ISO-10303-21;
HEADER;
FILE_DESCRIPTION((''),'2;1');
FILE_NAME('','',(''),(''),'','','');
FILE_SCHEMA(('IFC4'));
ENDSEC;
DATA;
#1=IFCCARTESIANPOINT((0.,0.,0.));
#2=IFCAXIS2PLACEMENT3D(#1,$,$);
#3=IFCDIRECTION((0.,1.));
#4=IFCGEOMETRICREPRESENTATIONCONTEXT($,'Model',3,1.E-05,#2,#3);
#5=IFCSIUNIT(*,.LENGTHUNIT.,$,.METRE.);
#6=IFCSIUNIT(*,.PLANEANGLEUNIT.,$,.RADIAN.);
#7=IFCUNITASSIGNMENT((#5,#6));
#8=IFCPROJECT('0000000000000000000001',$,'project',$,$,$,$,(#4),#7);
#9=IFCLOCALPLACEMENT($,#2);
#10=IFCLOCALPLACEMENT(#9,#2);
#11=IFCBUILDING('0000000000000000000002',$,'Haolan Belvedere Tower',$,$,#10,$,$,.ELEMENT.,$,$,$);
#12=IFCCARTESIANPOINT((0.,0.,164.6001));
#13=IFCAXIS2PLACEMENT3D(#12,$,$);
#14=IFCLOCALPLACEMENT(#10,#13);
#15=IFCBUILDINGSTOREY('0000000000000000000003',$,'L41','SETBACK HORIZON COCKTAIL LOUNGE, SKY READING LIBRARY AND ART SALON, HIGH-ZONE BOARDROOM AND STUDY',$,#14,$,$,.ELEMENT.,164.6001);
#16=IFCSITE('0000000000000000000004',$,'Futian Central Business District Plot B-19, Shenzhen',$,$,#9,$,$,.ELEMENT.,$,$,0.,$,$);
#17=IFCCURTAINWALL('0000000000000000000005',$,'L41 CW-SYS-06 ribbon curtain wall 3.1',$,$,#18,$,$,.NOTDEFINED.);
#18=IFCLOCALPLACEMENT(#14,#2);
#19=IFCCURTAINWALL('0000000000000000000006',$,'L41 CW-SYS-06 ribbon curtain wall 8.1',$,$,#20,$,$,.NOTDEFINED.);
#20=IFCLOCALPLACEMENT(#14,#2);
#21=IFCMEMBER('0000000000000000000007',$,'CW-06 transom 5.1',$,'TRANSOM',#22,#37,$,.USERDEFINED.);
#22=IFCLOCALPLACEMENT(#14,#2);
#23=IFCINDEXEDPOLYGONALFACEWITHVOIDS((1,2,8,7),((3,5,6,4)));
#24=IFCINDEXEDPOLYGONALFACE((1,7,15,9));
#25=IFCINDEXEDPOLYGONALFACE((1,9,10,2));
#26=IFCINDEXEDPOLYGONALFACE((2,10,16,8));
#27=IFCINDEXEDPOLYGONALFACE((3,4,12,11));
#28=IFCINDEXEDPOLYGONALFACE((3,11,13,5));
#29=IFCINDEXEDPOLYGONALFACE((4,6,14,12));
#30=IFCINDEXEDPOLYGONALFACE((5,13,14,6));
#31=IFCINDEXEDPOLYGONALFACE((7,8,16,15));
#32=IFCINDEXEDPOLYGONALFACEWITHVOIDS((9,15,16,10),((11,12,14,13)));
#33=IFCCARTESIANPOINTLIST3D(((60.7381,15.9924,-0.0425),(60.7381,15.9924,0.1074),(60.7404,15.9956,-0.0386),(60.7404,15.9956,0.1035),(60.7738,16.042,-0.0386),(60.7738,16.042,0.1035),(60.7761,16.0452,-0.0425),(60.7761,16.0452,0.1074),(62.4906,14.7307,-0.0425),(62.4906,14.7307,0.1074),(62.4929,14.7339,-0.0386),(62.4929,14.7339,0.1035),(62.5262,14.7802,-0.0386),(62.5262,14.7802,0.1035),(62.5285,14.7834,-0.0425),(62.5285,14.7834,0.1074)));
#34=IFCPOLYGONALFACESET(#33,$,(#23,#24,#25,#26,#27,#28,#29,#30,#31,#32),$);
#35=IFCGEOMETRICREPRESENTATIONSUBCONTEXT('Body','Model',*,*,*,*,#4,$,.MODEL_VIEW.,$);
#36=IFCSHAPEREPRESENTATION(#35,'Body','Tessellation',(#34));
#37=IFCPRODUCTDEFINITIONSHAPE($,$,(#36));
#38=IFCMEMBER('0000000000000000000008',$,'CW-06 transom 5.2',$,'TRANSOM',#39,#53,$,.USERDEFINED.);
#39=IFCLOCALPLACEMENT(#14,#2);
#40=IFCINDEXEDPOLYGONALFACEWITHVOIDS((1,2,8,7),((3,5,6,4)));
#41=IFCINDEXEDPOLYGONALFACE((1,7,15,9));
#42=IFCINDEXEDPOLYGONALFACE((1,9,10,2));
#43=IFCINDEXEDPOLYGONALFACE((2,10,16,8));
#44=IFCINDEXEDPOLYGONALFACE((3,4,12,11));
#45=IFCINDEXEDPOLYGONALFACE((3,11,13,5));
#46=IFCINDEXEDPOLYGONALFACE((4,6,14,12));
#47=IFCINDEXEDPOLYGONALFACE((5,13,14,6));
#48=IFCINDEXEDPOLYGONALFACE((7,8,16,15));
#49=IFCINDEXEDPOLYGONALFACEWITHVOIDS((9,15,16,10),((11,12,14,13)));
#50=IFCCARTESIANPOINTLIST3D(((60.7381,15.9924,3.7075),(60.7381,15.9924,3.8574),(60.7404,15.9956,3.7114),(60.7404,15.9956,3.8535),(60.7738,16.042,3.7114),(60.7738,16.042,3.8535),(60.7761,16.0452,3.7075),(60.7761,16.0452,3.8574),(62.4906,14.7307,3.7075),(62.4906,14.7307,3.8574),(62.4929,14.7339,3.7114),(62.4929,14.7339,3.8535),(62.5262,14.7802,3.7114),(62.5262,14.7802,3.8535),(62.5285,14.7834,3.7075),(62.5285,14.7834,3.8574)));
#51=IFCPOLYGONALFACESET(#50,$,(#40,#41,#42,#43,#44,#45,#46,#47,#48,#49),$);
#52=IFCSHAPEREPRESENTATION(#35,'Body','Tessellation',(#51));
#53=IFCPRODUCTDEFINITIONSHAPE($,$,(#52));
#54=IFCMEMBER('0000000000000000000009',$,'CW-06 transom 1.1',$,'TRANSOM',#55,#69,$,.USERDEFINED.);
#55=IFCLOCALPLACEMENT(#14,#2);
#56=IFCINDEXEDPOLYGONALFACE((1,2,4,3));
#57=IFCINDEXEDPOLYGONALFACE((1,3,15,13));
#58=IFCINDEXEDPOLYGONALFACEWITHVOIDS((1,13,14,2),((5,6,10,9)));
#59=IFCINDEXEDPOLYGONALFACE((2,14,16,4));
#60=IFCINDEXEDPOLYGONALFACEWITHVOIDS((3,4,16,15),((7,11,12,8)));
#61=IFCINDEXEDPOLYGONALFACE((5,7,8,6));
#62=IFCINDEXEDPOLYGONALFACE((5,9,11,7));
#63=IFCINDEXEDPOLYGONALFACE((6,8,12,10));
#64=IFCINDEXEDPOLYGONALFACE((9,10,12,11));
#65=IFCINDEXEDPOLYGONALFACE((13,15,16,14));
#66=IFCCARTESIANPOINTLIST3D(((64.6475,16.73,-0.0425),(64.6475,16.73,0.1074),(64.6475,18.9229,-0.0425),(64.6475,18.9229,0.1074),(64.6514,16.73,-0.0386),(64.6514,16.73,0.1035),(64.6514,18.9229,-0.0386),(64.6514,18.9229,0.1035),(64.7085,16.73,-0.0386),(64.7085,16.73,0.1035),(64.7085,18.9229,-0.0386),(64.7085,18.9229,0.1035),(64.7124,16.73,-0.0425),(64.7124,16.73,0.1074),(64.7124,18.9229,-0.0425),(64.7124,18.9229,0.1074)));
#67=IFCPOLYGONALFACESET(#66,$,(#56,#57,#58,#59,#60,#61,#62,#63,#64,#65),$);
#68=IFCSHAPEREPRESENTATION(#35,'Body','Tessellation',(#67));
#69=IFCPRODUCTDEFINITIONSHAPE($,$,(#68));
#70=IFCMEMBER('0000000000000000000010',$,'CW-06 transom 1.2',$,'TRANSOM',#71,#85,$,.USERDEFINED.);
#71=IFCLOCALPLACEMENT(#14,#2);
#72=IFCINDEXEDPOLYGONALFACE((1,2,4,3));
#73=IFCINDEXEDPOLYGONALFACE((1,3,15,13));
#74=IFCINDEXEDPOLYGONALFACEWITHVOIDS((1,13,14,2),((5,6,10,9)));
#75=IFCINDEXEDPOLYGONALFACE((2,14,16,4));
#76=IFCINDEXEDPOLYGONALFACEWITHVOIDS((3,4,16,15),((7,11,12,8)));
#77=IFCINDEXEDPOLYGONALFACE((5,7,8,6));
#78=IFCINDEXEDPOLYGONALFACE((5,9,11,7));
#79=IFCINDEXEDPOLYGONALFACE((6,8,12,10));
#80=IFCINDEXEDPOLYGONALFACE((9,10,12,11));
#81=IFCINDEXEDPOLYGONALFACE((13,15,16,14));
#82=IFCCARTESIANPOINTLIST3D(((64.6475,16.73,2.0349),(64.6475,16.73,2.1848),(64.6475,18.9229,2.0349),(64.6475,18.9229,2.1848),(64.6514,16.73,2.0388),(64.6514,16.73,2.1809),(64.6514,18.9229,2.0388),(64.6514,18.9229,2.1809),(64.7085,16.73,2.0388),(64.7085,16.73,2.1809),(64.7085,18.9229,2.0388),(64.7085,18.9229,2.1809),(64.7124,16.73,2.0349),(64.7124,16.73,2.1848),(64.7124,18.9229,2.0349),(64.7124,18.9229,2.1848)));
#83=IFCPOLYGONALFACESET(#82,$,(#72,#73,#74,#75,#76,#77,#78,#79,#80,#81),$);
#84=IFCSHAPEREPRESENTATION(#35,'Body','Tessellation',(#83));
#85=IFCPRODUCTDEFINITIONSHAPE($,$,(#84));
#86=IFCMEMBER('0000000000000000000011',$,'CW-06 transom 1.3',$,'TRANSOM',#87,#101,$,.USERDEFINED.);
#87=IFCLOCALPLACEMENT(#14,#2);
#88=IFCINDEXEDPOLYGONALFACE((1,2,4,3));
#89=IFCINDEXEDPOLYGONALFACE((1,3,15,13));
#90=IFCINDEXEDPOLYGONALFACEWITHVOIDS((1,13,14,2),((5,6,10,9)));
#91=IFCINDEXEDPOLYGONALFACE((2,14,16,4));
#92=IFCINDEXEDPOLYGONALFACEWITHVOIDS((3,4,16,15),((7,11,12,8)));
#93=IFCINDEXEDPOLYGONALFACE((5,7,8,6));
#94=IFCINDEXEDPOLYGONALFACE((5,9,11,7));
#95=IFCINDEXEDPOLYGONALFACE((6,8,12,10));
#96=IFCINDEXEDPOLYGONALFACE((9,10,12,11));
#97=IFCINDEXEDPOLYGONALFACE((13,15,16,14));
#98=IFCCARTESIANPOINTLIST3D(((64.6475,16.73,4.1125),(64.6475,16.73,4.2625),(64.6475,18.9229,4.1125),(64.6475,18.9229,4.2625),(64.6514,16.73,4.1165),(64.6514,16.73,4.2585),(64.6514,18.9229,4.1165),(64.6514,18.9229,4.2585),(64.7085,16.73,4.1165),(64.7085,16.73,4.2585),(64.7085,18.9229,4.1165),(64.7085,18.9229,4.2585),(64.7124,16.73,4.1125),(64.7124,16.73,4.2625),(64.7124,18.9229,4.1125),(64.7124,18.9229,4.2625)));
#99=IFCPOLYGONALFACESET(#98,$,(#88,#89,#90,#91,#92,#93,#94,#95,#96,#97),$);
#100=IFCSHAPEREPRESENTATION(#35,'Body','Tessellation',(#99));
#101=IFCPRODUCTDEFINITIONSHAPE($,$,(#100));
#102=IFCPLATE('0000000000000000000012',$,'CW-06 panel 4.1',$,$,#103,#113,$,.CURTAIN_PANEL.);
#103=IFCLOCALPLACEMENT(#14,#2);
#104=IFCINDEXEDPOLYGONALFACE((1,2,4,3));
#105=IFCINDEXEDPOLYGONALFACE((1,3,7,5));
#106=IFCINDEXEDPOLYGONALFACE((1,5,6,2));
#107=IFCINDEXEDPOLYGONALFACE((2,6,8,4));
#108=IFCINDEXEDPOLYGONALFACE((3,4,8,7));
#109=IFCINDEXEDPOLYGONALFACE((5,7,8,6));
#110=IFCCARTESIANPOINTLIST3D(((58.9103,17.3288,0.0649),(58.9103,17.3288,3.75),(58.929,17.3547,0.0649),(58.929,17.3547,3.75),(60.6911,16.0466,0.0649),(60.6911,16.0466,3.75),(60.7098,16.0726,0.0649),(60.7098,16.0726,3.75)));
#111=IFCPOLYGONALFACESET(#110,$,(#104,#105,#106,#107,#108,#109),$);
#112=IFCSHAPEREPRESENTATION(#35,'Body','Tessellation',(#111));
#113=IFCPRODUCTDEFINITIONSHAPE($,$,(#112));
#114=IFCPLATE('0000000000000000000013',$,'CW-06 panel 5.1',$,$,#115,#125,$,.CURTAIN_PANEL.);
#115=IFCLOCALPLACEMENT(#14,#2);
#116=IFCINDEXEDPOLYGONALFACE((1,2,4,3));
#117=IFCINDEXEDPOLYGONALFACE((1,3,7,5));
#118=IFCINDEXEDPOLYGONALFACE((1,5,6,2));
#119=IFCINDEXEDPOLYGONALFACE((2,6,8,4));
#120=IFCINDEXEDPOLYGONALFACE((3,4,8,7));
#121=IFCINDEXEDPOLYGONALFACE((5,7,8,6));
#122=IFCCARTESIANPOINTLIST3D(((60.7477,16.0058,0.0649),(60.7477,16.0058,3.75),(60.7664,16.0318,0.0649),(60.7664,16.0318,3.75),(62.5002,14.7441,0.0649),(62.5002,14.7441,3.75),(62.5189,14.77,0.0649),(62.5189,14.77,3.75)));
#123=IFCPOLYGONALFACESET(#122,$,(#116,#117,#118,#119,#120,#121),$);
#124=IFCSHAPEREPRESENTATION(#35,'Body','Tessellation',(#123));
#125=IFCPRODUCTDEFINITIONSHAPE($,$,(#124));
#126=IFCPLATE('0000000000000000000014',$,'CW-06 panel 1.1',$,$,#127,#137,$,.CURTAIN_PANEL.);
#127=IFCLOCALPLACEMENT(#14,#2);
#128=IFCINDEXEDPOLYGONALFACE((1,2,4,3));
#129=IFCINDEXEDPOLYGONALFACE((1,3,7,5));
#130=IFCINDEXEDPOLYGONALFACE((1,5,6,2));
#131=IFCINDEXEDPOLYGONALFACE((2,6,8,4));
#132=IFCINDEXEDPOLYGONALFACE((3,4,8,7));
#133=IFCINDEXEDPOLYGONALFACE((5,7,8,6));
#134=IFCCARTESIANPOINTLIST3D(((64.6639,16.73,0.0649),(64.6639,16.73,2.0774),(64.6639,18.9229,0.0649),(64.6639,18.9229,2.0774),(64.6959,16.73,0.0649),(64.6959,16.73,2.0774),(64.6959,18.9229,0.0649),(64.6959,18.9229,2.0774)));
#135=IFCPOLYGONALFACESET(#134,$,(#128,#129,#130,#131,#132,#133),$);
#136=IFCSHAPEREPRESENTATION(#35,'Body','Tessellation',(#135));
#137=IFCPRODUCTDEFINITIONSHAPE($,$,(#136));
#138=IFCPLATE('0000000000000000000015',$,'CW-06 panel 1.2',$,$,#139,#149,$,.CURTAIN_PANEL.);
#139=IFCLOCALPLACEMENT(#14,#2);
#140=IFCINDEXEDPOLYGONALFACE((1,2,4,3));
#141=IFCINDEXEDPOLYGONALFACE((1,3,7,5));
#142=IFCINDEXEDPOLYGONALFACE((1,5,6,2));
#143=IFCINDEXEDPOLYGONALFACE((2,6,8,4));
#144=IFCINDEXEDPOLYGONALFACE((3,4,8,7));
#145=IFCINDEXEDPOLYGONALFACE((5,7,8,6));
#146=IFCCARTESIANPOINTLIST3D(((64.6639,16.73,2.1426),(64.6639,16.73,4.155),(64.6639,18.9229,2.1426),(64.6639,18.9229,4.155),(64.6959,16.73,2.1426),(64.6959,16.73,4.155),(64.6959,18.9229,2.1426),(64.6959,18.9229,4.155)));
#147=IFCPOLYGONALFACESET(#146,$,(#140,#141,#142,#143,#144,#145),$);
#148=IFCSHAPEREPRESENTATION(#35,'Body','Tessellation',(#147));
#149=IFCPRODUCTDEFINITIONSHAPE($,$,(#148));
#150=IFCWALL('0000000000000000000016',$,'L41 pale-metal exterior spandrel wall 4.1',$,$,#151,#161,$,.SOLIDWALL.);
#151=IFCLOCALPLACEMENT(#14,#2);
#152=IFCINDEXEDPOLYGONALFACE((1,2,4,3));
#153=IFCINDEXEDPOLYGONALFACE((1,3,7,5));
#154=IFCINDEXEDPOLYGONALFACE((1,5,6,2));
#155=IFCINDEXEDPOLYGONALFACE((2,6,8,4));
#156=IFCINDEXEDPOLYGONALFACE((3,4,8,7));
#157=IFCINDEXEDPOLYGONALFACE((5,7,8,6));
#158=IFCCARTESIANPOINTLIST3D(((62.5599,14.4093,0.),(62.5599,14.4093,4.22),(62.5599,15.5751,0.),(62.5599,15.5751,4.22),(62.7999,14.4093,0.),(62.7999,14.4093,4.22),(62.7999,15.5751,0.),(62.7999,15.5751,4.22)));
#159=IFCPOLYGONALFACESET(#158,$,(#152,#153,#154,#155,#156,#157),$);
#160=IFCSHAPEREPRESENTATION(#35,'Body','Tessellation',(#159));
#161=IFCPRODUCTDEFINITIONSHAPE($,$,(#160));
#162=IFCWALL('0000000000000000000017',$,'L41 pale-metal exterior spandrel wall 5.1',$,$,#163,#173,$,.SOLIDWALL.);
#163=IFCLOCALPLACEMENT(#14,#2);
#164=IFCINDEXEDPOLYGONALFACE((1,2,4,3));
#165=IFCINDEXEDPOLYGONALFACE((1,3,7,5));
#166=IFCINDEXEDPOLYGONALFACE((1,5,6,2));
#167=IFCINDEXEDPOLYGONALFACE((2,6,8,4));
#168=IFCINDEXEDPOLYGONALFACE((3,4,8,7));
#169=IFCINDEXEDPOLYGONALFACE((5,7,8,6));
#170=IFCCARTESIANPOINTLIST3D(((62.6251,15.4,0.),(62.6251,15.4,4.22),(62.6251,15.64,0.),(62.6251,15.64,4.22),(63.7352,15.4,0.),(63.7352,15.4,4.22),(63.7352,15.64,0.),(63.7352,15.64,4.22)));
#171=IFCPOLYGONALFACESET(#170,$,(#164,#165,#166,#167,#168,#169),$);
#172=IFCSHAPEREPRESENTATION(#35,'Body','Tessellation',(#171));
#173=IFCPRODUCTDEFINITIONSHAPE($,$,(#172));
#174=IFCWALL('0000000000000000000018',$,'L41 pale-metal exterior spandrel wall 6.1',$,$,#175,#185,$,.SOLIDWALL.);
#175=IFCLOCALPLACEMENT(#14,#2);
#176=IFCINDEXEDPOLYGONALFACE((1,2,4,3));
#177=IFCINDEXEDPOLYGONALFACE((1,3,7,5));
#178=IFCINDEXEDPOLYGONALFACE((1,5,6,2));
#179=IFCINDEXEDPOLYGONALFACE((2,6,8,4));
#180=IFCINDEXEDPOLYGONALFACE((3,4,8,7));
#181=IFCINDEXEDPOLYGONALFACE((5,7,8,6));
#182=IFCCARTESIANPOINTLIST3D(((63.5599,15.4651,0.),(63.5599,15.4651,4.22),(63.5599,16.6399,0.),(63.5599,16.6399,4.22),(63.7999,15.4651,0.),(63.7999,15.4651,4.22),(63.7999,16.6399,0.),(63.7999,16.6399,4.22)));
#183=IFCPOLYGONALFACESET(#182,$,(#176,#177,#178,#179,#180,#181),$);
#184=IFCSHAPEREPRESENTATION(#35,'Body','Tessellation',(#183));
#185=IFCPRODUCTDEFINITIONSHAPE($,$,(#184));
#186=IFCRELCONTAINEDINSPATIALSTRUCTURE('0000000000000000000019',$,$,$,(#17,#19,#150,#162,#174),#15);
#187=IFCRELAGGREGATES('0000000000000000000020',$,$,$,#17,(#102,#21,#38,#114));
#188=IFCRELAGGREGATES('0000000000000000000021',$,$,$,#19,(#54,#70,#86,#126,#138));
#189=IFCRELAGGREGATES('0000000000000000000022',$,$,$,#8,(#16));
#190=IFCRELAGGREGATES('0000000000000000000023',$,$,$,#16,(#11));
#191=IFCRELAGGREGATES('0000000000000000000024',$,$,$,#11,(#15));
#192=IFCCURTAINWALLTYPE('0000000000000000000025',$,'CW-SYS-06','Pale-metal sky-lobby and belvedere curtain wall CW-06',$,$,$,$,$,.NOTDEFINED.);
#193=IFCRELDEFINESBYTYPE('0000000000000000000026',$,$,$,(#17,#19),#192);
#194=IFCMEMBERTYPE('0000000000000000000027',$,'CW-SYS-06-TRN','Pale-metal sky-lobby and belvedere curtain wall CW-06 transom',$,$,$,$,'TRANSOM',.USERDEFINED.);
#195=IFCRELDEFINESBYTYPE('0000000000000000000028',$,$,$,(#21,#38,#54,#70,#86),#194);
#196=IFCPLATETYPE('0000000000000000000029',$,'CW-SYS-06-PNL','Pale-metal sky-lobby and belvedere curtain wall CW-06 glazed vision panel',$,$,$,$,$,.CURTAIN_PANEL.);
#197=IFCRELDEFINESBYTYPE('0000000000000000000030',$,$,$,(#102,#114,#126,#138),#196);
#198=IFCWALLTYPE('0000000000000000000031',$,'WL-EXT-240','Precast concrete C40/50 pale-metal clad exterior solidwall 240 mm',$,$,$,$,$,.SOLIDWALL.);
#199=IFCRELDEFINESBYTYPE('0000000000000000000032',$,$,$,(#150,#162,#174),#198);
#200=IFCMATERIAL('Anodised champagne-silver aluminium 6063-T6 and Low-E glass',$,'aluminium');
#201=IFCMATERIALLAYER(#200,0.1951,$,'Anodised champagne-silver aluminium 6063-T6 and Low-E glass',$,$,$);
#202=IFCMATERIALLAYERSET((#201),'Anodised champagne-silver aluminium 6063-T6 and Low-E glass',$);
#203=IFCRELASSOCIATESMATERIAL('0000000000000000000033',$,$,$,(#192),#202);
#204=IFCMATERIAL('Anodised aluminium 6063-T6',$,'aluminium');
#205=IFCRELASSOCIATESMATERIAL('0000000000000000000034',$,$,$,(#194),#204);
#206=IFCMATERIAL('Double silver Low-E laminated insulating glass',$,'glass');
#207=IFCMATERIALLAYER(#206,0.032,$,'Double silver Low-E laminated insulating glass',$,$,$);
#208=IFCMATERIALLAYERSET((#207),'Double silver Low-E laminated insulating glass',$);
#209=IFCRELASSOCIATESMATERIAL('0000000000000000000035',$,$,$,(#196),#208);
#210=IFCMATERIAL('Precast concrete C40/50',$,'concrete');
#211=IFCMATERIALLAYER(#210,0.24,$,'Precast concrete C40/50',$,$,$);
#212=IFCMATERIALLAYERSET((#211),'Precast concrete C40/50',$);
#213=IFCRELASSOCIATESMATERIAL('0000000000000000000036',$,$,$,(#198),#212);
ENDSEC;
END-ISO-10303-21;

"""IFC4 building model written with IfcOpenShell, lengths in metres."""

from ifc_helpers import new_model, si_unit, direction, frame, frame_2d, origin, origin_2d, place, context, subcontext, project, spatial, rectangle, hollow_rectangle, extrude, material, layer, layer_set, material_profile, profile_set, type_object, element, aggregate, save


model = new_model("IFC4")

# Units and contexts
model_context = context("Model", 3, precision=1e-05, world=origin(), true_north=direction((0.0, 1.0)))
body_context = subcontext(model_context, "Body", "Model", "MODEL_VIEW")
ifc_project = project(units=[si_unit("LENGTHUNIT", "METRE"), si_unit("PLANEANGLEUNIT", "RADIAN")], contexts=[model_context])

# Site, building, storey
site_placement = place(None, origin())
site = spatial("IfcSite", under=ifc_project, at=site_placement, Name="Futian Central Business District Plot B-19, Shenzhen", CompositionType="ELEMENT", RefElevation=0.0)
building_placement = place(site_placement, origin())
building = spatial("IfcBuilding", under=site, at=building_placement, Name="Haolan Belvedere Tower", CompositionType="ELEMENT")
storey_placement = place(building_placement, frame((0.0, 0.0, 164.6001)))
storey = spatial("IfcBuildingStorey", under=building, at=storey_placement, Name="L41", Description="SETBACK HORIZON COCKTAIL LOUNGE, SKY READING LIBRARY AND ART SALON, HIGH-ZONE BOARDROOM AND STUDY", CompositionType="ELEMENT", Elevation=164.6001)

# Curtain walls
ifc_material_1 = material(Name="Anodised champagne-silver aluminium 6063-T6 and Low-E glass", Category="aluminium")
ifc_layer_1 = layer(ifc_material_1, 0.1951, Name="Anodised champagne-silver aluminium 6063-T6 and Low-E glass")
ifc_layer_set_1 = layer_set([ifc_layer_1], Name="Anodised champagne-silver aluminium 6063-T6 and Low-E glass")
curtain_wall_type = type_object("IfcCurtainWallType", Name="CW-SYS-06", Description="Pale-metal sky-lobby and belvedere curtain wall CW-06", PredefinedType="NOTDEFINED", material=ifc_layer_set_1)
curtain_wall_1_placement = place(storey_placement, origin())
curtain_wall_1 = element("IfcCurtainWall", 1, at=curtain_wall_1_placement, inside=storey, type_object=curtain_wall_type, Name="L41 CW-SYS-06 ribbon curtain wall 3.1", PredefinedType="NOTDEFINED")
ifc_material_2 = material(Name="Anodised aluminium 6063-T6", Category="aluminium")
curtain_wall_2_placement = place(storey_placement, origin())
curtain_wall_2 = element("IfcCurtainWall", 2, at=curtain_wall_2_placement, inside=storey, type_object=curtain_wall_type, Name="L41 CW-SYS-06 ribbon curtain wall 8.1", PredefinedType="NOTDEFINED")

# Members
ifc_material_profile_1 = material_profile(ifc_material_2, hollow_rectangle(XDim=0.0649, YDim=0.1499, WallThickness=0.0039, at=origin_2d()), Name="Anodised aluminium 6063-T6")
ifc_profile_set_1 = profile_set([ifc_material_profile_1], Name="Anodised aluminium 6063-T6")
member_type_1 = type_object("IfcMemberType", Name="CW-SYS-06-TRN", Description="Pale-metal sky-lobby and belvedere curtain wall CW-06 transom", ElementType="TRANSOM", PredefinedType="USERDEFINED", material=ifc_profile_set_1)
member_1_placement = place(storey_placement, frame((60.7571, 16.0188, 0.0325), z_axis=(0.811543, -0.584293, 0.0), x_axis=(0.584293, 0.811543, 0.0)))
member_1 = element("IfcMember", 3, at=member_1_placement, type_object=member_type_1, Name="CW-06 transom 5.1", ObjectType="TRANSOM", PredefinedType="USERDEFINED", context=body_context, shape_type="SweptSolid", body=[
    extrude(hollow_rectangle(XDim=0.0649, YDim=0.1499, WallThickness=0.0039, at=origin_2d()), origin(), (0.0, 0.0, 1.0), 2.1594),
])
member_2_placement = place(storey_placement, frame((60.7571, 16.0188, 3.7825), z_axis=(0.811543, -0.584293, 0.0), x_axis=(0.584293, 0.811543, 0.0)))
member_2 = element("IfcMember", 4, at=member_2_placement, type_object=member_type_1, Name="CW-06 transom 5.2", ObjectType="TRANSOM", PredefinedType="USERDEFINED", context=body_context, shape_type="SweptSolid", body=[
    extrude(hollow_rectangle(XDim=0.0649, YDim=0.1499, WallThickness=0.0039, at=origin_2d()), origin(), (0.0, 0.0, 1.0), 2.1594),
])
member_3_placement = place(storey_placement, frame((64.6799, 16.73, 0.0325), z_axis=(0.0, 1.0, 0.0), x_axis=(-1.0, 0.0, 0.0)))
member_3 = element("IfcMember", 5, at=member_3_placement, type_object=member_type_1, Name="CW-06 transom 1.1", ObjectType="TRANSOM", PredefinedType="USERDEFINED", context=body_context, shape_type="SweptSolid", body=[
    extrude(hollow_rectangle(XDim=0.0649, YDim=0.1499, WallThickness=0.0039, at=origin_2d()), origin(), (0.0, 0.0, 1.0), 2.1929),
])
member_4_placement = place(storey_placement, frame((64.6799, 16.73, 2.1099), z_axis=(0.0, 1.0, 0.0), x_axis=(-1.0, 0.0, 0.0)))
member_4 = element("IfcMember", 6, at=member_4_placement, type_object=member_type_1, Name="CW-06 transom 1.2", ObjectType="TRANSOM", PredefinedType="USERDEFINED", context=body_context, shape_type="SweptSolid", body=[
    extrude(hollow_rectangle(XDim=0.0649, YDim=0.1499, WallThickness=0.0039, at=origin_2d()), origin(), (0.0, 0.0, 1.0), 2.1929),
])
member_5_placement = place(storey_placement, frame((64.6799, 16.73, 4.1875), z_axis=(0.0, 1.0, 0.0), x_axis=(-1.0, 0.0, 0.0)))
member_5 = element("IfcMember", 7, at=member_5_placement, type_object=member_type_1, Name="CW-06 transom 1.3", ObjectType="TRANSOM", PredefinedType="USERDEFINED", context=body_context, shape_type="SweptSolid", body=[
    extrude(hollow_rectangle(XDim=0.0649, YDim=0.1499, WallThickness=0.0039, at=origin_2d()), origin(), (0.0, 0.0, 1.0), 2.1929),
])

# Plates
ifc_material_3 = material(Name="Double silver Low-E laminated insulating glass", Category="glass")
ifc_layer_2 = layer(ifc_material_3, 0.032, Name="Double silver Low-E laminated insulating glass")
ifc_layer_set_2 = layer_set([ifc_layer_2], Name="Double silver Low-E laminated insulating glass")
plate_type = type_object("IfcPlateType", Name="CW-SYS-06-PNL", Description="Pale-metal sky-lobby and belvedere curtain wall CW-06 glazed vision panel", PredefinedType="CURTAIN_PANEL", material=ifc_layer_set_2)
plate_1_placement = place(storey_placement, frame((59.8101, 16.7007, 0.0649), z_axis=(0.0, 0.0, 1.0), x_axis=(0.81154, -0.584297, 0.0)))
plate_1 = element("IfcPlate", 8, at=plate_1_placement, type_object=plate_type, Name="CW-06 panel 4.1", PredefinedType="CURTAIN_PANEL", context=body_context, shape_type="SweptSolid", body=[
    extrude(rectangle(XDim=2.1943, YDim=0.032, at=origin_2d()), origin(), (0.0, 0.0, 1.0), 3.6851),
])
plate_2_placement = place(storey_placement, frame((61.6333, 15.3879, 0.0649), z_axis=(0.0, 0.0, 1.0), x_axis=(0.81154, -0.584297, 0.0)))
plate_2 = element("IfcPlate", 9, at=plate_2_placement, type_object=plate_type, Name="CW-06 panel 5.1", PredefinedType="CURTAIN_PANEL", context=body_context, shape_type="SweptSolid", body=[
    extrude(rectangle(XDim=2.1594, YDim=0.032, at=origin_2d()), origin(), (0.0, 0.0, 1.0), 3.6851),
])
aggregate(curtain_wall_1, [plate_1, member_1, member_2, plate_2])
plate_3_placement = place(storey_placement, frame((64.6799, 17.8264, 0.0649), z_axis=(0.0, 0.0, 1.0), x_axis=(0.0, 1.0, 0.0)))
plate_3 = element("IfcPlate", 10, at=plate_3_placement, type_object=plate_type, Name="CW-06 panel 1.1", PredefinedType="CURTAIN_PANEL", context=body_context, shape_type="SweptSolid", body=[
    extrude(rectangle(XDim=2.1929, YDim=0.032, at=origin_2d()), origin(), (0.0, 0.0, 1.0), 2.0125),
])
plate_4_placement = place(storey_placement, frame((64.6799, 17.8264, 2.1426), z_axis=(0.0, 0.0, 1.0), x_axis=(0.0, 1.0, 0.0)))
plate_4 = element("IfcPlate", 11, at=plate_4_placement, type_object=plate_type, Name="CW-06 panel 1.2", PredefinedType="CURTAIN_PANEL", context=body_context, shape_type="SweptSolid", body=[
    extrude(rectangle(XDim=2.1929, YDim=0.032, at=origin_2d()), origin(), (0.0, 0.0, 1.0), 2.0125),
])
aggregate(curtain_wall_2, [member_3, member_4, member_5, plate_3, plate_4])

# Walls
ifc_material_4 = material(Name="Precast concrete C40/50", Category="concrete")
ifc_layer_3 = layer(ifc_material_4, 0.24, Name="Precast concrete C40/50")
ifc_layer_set_3 = layer_set([ifc_layer_3], Name="Precast concrete C40/50")
wall_type = type_object("IfcWallType", Name="WL-EXT-240", Description="Precast concrete C40/50 pale-metal clad exterior solidwall 240 mm", PredefinedType="SOLIDWALL", material=ifc_layer_set_3)
wall_1_placement = place(storey_placement, frame((62.6799, 14.4092, 0.0), z_axis=(0.0, 0.0, 1.0), x_axis=(0.0, 1.0, 0.0)))
element("IfcWall", 12, at=wall_1_placement, inside=storey, type_object=wall_type, Name="L41 pale-metal exterior spandrel wall 4.1", PredefinedType="SOLIDWALL", context=body_context, shape_type="SweptSolid", body=[
    extrude(rectangle(XDim=1.1658, YDim=0.24, at=frame_2d((0.583, 0.0))), origin(), (0.0, 0.0, 1.0), 4.22),
])
wall_2_placement = place(storey_placement, frame((62.625, 15.52, 0.0), z_axis=(0.0, 0.0, 1.0), x_axis=(1.0, 0.0, 0.0)))
element("IfcWall", 13, at=wall_2_placement, inside=storey, type_object=wall_type, Name="L41 pale-metal exterior spandrel wall 5.1", PredefinedType="SOLIDWALL", context=body_context, shape_type="SweptSolid", body=[
    extrude(rectangle(XDim=1.1101, YDim=0.24, at=frame_2d((0.5552, 0.0))), origin(), (0.0, 0.0, 1.0), 4.22),
])
wall_3_placement = place(storey_placement, frame((63.6799, 15.4651, 0.0), z_axis=(0.0, 0.0, 1.0), x_axis=(0.0, 1.0, 0.0)))
element("IfcWall", 14, at=wall_3_placement, inside=storey, type_object=wall_type, Name="L41 pale-metal exterior spandrel wall 6.1", PredefinedType="SOLIDWALL", context=body_context, shape_type="SweptSolid", body=[
    extrude(rectangle(XDim=1.1748, YDim=0.24, at=frame_2d((0.5874, 0.0))), origin(), (0.0, 0.0, 1.0), 4.22),
])

save(model, "model.ifc")
